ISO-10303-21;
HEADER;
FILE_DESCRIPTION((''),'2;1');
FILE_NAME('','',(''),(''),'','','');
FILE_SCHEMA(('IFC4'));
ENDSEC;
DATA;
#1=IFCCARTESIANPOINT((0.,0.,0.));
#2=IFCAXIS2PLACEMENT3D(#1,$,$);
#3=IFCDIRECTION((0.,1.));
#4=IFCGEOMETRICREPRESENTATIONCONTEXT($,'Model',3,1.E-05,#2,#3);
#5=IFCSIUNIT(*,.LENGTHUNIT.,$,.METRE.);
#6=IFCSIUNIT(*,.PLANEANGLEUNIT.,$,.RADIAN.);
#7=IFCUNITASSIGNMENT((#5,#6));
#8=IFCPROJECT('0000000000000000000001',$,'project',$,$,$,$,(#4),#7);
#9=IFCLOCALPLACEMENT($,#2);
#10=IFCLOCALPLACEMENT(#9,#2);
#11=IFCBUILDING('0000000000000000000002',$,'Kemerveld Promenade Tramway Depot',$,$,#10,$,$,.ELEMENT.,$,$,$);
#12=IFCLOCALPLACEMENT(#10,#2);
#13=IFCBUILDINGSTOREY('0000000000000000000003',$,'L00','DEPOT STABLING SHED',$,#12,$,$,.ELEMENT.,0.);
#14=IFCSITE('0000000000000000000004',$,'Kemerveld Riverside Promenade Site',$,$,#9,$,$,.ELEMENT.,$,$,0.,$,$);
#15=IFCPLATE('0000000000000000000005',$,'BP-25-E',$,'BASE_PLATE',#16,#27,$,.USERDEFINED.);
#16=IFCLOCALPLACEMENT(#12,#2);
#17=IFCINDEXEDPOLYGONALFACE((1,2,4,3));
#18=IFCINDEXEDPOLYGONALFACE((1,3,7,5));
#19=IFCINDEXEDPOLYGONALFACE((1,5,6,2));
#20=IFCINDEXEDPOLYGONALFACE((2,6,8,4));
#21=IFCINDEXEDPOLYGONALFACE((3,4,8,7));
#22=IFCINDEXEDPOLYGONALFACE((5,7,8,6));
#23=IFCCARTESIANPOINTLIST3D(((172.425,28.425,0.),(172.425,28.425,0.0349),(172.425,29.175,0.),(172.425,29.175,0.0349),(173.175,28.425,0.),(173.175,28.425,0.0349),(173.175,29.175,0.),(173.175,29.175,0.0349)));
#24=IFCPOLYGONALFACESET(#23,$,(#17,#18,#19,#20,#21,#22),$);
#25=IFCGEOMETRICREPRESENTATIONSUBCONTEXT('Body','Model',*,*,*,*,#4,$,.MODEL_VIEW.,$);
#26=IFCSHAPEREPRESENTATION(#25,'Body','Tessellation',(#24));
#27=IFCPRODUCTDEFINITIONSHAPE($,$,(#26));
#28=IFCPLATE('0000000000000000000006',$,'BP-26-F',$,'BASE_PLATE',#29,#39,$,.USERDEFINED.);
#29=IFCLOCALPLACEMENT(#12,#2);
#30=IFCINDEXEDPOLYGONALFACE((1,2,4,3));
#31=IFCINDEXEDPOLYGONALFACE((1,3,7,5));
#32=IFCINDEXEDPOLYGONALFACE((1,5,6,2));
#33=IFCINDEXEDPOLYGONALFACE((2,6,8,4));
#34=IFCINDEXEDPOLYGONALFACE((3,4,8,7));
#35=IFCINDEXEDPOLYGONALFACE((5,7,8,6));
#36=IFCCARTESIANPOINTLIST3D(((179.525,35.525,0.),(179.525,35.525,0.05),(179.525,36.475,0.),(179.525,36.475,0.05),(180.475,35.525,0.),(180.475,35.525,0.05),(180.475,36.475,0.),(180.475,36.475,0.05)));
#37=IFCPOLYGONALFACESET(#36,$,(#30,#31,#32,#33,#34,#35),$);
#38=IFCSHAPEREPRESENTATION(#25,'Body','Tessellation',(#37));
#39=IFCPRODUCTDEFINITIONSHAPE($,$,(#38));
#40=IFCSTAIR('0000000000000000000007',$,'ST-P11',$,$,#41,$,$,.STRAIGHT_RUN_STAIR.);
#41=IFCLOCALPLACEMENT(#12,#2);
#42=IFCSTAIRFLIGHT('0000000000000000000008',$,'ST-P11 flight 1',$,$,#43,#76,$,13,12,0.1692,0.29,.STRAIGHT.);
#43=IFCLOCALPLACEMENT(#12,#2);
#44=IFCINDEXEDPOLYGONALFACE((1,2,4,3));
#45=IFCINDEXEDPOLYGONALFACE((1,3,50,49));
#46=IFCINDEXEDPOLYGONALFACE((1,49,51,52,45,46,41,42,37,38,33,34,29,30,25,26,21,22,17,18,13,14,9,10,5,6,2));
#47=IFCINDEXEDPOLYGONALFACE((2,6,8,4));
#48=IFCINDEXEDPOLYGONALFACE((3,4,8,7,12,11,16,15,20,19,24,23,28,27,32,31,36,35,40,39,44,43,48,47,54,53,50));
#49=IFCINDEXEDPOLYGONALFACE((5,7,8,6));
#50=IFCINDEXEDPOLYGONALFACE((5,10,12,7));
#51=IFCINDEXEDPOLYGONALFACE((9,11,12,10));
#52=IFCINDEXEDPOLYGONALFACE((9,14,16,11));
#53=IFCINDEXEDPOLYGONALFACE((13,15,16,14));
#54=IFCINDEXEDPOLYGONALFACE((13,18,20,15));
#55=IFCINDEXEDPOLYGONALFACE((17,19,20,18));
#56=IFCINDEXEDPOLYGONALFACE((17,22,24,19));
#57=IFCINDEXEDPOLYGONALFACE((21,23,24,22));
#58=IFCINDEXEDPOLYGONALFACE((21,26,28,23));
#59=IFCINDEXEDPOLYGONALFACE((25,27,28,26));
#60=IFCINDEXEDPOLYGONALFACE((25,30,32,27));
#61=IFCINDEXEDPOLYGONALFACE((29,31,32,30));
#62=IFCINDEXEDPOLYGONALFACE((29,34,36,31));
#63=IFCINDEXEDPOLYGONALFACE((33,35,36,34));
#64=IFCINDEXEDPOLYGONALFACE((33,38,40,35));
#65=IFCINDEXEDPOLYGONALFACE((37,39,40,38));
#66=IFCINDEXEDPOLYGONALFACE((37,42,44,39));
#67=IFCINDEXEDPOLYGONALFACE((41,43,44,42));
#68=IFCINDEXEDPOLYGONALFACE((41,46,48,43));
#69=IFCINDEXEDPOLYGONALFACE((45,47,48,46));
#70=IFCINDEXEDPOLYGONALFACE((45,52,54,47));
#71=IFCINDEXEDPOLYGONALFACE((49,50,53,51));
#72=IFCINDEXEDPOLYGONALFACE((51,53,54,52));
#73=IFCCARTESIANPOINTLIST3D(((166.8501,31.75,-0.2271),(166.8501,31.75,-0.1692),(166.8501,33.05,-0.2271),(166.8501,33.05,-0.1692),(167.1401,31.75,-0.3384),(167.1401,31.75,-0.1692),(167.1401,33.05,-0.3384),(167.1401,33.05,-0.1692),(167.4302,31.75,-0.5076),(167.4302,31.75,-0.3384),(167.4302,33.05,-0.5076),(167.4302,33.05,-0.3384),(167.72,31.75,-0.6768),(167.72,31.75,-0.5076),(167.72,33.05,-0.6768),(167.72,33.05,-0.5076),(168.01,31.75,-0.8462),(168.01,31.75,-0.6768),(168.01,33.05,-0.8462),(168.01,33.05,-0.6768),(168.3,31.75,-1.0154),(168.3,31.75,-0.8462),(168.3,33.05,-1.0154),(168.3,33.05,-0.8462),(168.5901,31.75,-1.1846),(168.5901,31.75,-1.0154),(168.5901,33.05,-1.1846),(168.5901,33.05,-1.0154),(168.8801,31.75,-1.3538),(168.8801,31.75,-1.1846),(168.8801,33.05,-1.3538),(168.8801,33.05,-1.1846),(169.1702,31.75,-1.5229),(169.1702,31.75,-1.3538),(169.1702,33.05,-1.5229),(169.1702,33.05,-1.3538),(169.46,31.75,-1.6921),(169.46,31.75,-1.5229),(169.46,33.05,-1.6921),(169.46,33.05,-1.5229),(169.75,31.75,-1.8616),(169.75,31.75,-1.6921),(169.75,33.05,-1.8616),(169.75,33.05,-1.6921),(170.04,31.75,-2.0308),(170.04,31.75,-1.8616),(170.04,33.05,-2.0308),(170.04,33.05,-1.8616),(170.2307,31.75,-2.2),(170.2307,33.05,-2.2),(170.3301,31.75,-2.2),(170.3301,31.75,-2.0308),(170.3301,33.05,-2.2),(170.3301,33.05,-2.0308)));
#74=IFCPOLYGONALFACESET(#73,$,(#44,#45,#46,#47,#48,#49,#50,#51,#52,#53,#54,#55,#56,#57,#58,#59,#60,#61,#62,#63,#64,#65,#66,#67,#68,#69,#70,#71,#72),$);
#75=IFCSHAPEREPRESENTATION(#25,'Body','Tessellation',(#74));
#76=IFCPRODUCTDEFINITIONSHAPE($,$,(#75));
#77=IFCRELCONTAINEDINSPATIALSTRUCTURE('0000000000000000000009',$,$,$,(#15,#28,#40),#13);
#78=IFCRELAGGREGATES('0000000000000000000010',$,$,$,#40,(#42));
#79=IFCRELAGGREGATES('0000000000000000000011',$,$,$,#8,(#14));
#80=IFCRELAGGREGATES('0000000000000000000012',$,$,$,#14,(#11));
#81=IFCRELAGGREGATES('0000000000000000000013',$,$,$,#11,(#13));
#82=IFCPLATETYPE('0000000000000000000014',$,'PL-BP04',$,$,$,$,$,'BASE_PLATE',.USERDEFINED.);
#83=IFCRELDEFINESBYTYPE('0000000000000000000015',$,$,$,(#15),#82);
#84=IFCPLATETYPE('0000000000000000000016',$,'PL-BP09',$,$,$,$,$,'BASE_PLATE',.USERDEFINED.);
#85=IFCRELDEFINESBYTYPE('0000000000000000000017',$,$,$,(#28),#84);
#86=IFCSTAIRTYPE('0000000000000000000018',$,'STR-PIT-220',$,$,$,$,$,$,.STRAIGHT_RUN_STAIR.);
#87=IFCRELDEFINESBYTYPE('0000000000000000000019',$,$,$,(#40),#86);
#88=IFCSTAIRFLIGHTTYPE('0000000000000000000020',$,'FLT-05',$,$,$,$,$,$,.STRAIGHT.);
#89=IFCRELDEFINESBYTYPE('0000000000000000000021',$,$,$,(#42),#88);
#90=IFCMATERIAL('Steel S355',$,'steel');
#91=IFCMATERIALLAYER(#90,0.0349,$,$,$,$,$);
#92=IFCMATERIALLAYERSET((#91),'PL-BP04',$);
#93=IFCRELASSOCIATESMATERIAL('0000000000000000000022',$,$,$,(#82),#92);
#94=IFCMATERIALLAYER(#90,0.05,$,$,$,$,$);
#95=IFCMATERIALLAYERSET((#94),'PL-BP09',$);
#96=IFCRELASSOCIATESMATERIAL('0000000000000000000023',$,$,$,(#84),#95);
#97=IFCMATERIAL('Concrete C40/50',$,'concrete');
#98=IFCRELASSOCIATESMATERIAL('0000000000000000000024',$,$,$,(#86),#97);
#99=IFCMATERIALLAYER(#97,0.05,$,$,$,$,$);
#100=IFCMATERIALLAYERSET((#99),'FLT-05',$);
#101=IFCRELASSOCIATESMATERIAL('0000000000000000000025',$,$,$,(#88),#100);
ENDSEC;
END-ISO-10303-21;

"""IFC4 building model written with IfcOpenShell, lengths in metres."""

from ifc_helpers import new_model, si_unit, direction, frame, origin, origin_2d, place, context, subcontext, project, spatial, polyline, rectangle, outline, extrude, material, layer, layer_set, type_object, element, aggregate, save


model = new_model("IFC4")

# Units and contexts
model_context = context("Model", 3, precision=1e-05, world=origin(), true_north=direction((0.0, 1.0)))
body_context = subcontext(model_context, "Body", "Model", "MODEL_VIEW")
ifc_project = project(units=[si_unit("LENGTHUNIT", "METRE"), si_unit("PLANEANGLEUNIT", "RADIAN")], contexts=[model_context])

# Site, building, storey
site_placement = place(None, origin())
site = spatial("IfcSite", under=ifc_project, at=site_placement, Name="Kemerveld Riverside Promenade Site", CompositionType="ELEMENT", RefElevation=0.0)
building_placement = place(site_placement, origin())
building = spatial("IfcBuilding", under=site, at=building_placement, Name="Kemerveld Promenade Tramway Depot", CompositionType="ELEMENT")
storey_placement = place(building_placement, origin())
storey = spatial("IfcBuildingStorey", under=building, at=storey_placement, Name="L00", Description="DEPOT STABLING SHED", CompositionType="ELEMENT", Elevation=0.0)

# Shared definitions
ifc_material_1 = material(Name="Steel S355", Category="steel")

# Plates
ifc_layer_1 = layer(ifc_material_1, 0.0349)
ifc_layer_set_1 = layer_set([ifc_layer_1], Name="PL-BP04")
plate_type_1 = type_object("IfcPlateType", Name="PL-BP04", ElementType="BASE_PLATE", PredefinedType="USERDEFINED", material=ifc_layer_set_1)
plate_1_placement = place(storey_placement, frame((172.8, 28.8, 0.0), z_axis=(0.0, 0.0, 1.0), x_axis=(1.0, 0.0, 0.0)))
element("IfcPlate", 1, at=plate_1_placement, inside=storey, type_object=plate_type_1, Name="BP-25-E", ObjectType="BASE_PLATE", PredefinedType="USERDEFINED", context=body_context, shape_type="SweptSolid", body=[
    extrude(rectangle(XDim=0.75, YDim=0.75, at=origin_2d()), origin(), (0.0, 0.0, 1.0), 0.0349),
])
ifc_layer_2 = layer(ifc_material_1, 0.05)
ifc_layer_set_2 = layer_set([ifc_layer_2], Name="PL-BP09")
plate_type_2 = type_object("IfcPlateType", Name="PL-BP09", ElementType="BASE_PLATE", PredefinedType="USERDEFINED", material=ifc_layer_set_2)
plate_2_placement = place(storey_placement, frame((180.0, 36.0, 0.0), z_axis=(0.0, 0.0, 1.0), x_axis=(1.0, 0.0, 0.0)))
element("IfcPlate", 2, at=plate_2_placement, inside=storey, type_object=plate_type_2, Name="BP-26-F", ObjectType="BASE_PLATE", PredefinedType="USERDEFINED", context=body_context, shape_type="SweptSolid", body=[
    extrude(rectangle(XDim=0.95, YDim=0.95, at=origin_2d()), origin(), (0.0, 0.0, 1.0), 0.05),
])

# Stair, stair flight
ifc_material_2 = material(Name="Concrete C40/50", Category="concrete")
stair_type = type_object("IfcStairType", Name="STR-PIT-220", PredefinedType="STRAIGHT_RUN_STAIR", material=ifc_material_2)
stair_placement = place(storey_placement, origin())
stair = element("IfcStair", 3, at=stair_placement, inside=storey, type_object=stair_type, Name="ST-P11", PredefinedType="STRAIGHT_RUN_STAIR")
ifc_layer_3 = layer(ifc_material_2, 0.05)
ifc_layer_set_3 = layer_set([ifc_layer_3], Name="FLT-05")
stair_flight_type = type_object("IfcStairFlightType", Name="FLT-05", PredefinedType="STRAIGHT", material=ifc_layer_set_3)
stair_flight_placement = place(storey_placement, frame((170.3301, 32.3999, -2.2), z_axis=(0.0, 0.0, 1.0), x_axis=(-1.0, 0.0, 0.0)))
stair_flight = element("IfcStairFlight", 4, at=stair_flight_placement, type_object=stair_flight_type, Name="ST-P11 flight 1", NumberOfRisers=13, NumberOfTreads=12, PredefinedType="STRAIGHT", RiserHeight=0.1692, TreadLength=0.29, context=body_context, shape_type="SweptSolid", body=[
    extrude(outline(polyline([(0.0, 0.0), (0.0, 0.1692), (0.29, 0.1692), (0.29, 0.3384), (0.5801, 0.3384), (0.5801, 0.5078), (0.8701, 0.5078), (0.8701, 0.677), (1.1599, 0.677), (1.1599, 0.8462), (1.45, 0.8462), (1.45, 1.0154), (1.74, 1.0154), (1.74, 1.1846), (2.03, 1.1846), (2.03, 1.3538), (2.3201, 1.3538), (2.3201, 1.5232), (2.6101, 1.5232), (2.6101, 1.6924), (2.8999, 1.6924), (2.8999, 1.8616), (3.1899, 1.8616), (3.1899, 2.0308), (3.48, 2.0308), (3.48, 2.2), (3.48, 1.9729), (0.0994, 0.0), (0.0, 0.0)])), frame((0.0, 0.6499, 0.0), z_axis=(0.0, -1.0, 0.0), x_axis=(1.0, 0.0, 0.0)), (0.0, 0.0, 1.0), 1.3),
])
aggregate(stair, [stair_flight])

save(model, "model.ifc")
